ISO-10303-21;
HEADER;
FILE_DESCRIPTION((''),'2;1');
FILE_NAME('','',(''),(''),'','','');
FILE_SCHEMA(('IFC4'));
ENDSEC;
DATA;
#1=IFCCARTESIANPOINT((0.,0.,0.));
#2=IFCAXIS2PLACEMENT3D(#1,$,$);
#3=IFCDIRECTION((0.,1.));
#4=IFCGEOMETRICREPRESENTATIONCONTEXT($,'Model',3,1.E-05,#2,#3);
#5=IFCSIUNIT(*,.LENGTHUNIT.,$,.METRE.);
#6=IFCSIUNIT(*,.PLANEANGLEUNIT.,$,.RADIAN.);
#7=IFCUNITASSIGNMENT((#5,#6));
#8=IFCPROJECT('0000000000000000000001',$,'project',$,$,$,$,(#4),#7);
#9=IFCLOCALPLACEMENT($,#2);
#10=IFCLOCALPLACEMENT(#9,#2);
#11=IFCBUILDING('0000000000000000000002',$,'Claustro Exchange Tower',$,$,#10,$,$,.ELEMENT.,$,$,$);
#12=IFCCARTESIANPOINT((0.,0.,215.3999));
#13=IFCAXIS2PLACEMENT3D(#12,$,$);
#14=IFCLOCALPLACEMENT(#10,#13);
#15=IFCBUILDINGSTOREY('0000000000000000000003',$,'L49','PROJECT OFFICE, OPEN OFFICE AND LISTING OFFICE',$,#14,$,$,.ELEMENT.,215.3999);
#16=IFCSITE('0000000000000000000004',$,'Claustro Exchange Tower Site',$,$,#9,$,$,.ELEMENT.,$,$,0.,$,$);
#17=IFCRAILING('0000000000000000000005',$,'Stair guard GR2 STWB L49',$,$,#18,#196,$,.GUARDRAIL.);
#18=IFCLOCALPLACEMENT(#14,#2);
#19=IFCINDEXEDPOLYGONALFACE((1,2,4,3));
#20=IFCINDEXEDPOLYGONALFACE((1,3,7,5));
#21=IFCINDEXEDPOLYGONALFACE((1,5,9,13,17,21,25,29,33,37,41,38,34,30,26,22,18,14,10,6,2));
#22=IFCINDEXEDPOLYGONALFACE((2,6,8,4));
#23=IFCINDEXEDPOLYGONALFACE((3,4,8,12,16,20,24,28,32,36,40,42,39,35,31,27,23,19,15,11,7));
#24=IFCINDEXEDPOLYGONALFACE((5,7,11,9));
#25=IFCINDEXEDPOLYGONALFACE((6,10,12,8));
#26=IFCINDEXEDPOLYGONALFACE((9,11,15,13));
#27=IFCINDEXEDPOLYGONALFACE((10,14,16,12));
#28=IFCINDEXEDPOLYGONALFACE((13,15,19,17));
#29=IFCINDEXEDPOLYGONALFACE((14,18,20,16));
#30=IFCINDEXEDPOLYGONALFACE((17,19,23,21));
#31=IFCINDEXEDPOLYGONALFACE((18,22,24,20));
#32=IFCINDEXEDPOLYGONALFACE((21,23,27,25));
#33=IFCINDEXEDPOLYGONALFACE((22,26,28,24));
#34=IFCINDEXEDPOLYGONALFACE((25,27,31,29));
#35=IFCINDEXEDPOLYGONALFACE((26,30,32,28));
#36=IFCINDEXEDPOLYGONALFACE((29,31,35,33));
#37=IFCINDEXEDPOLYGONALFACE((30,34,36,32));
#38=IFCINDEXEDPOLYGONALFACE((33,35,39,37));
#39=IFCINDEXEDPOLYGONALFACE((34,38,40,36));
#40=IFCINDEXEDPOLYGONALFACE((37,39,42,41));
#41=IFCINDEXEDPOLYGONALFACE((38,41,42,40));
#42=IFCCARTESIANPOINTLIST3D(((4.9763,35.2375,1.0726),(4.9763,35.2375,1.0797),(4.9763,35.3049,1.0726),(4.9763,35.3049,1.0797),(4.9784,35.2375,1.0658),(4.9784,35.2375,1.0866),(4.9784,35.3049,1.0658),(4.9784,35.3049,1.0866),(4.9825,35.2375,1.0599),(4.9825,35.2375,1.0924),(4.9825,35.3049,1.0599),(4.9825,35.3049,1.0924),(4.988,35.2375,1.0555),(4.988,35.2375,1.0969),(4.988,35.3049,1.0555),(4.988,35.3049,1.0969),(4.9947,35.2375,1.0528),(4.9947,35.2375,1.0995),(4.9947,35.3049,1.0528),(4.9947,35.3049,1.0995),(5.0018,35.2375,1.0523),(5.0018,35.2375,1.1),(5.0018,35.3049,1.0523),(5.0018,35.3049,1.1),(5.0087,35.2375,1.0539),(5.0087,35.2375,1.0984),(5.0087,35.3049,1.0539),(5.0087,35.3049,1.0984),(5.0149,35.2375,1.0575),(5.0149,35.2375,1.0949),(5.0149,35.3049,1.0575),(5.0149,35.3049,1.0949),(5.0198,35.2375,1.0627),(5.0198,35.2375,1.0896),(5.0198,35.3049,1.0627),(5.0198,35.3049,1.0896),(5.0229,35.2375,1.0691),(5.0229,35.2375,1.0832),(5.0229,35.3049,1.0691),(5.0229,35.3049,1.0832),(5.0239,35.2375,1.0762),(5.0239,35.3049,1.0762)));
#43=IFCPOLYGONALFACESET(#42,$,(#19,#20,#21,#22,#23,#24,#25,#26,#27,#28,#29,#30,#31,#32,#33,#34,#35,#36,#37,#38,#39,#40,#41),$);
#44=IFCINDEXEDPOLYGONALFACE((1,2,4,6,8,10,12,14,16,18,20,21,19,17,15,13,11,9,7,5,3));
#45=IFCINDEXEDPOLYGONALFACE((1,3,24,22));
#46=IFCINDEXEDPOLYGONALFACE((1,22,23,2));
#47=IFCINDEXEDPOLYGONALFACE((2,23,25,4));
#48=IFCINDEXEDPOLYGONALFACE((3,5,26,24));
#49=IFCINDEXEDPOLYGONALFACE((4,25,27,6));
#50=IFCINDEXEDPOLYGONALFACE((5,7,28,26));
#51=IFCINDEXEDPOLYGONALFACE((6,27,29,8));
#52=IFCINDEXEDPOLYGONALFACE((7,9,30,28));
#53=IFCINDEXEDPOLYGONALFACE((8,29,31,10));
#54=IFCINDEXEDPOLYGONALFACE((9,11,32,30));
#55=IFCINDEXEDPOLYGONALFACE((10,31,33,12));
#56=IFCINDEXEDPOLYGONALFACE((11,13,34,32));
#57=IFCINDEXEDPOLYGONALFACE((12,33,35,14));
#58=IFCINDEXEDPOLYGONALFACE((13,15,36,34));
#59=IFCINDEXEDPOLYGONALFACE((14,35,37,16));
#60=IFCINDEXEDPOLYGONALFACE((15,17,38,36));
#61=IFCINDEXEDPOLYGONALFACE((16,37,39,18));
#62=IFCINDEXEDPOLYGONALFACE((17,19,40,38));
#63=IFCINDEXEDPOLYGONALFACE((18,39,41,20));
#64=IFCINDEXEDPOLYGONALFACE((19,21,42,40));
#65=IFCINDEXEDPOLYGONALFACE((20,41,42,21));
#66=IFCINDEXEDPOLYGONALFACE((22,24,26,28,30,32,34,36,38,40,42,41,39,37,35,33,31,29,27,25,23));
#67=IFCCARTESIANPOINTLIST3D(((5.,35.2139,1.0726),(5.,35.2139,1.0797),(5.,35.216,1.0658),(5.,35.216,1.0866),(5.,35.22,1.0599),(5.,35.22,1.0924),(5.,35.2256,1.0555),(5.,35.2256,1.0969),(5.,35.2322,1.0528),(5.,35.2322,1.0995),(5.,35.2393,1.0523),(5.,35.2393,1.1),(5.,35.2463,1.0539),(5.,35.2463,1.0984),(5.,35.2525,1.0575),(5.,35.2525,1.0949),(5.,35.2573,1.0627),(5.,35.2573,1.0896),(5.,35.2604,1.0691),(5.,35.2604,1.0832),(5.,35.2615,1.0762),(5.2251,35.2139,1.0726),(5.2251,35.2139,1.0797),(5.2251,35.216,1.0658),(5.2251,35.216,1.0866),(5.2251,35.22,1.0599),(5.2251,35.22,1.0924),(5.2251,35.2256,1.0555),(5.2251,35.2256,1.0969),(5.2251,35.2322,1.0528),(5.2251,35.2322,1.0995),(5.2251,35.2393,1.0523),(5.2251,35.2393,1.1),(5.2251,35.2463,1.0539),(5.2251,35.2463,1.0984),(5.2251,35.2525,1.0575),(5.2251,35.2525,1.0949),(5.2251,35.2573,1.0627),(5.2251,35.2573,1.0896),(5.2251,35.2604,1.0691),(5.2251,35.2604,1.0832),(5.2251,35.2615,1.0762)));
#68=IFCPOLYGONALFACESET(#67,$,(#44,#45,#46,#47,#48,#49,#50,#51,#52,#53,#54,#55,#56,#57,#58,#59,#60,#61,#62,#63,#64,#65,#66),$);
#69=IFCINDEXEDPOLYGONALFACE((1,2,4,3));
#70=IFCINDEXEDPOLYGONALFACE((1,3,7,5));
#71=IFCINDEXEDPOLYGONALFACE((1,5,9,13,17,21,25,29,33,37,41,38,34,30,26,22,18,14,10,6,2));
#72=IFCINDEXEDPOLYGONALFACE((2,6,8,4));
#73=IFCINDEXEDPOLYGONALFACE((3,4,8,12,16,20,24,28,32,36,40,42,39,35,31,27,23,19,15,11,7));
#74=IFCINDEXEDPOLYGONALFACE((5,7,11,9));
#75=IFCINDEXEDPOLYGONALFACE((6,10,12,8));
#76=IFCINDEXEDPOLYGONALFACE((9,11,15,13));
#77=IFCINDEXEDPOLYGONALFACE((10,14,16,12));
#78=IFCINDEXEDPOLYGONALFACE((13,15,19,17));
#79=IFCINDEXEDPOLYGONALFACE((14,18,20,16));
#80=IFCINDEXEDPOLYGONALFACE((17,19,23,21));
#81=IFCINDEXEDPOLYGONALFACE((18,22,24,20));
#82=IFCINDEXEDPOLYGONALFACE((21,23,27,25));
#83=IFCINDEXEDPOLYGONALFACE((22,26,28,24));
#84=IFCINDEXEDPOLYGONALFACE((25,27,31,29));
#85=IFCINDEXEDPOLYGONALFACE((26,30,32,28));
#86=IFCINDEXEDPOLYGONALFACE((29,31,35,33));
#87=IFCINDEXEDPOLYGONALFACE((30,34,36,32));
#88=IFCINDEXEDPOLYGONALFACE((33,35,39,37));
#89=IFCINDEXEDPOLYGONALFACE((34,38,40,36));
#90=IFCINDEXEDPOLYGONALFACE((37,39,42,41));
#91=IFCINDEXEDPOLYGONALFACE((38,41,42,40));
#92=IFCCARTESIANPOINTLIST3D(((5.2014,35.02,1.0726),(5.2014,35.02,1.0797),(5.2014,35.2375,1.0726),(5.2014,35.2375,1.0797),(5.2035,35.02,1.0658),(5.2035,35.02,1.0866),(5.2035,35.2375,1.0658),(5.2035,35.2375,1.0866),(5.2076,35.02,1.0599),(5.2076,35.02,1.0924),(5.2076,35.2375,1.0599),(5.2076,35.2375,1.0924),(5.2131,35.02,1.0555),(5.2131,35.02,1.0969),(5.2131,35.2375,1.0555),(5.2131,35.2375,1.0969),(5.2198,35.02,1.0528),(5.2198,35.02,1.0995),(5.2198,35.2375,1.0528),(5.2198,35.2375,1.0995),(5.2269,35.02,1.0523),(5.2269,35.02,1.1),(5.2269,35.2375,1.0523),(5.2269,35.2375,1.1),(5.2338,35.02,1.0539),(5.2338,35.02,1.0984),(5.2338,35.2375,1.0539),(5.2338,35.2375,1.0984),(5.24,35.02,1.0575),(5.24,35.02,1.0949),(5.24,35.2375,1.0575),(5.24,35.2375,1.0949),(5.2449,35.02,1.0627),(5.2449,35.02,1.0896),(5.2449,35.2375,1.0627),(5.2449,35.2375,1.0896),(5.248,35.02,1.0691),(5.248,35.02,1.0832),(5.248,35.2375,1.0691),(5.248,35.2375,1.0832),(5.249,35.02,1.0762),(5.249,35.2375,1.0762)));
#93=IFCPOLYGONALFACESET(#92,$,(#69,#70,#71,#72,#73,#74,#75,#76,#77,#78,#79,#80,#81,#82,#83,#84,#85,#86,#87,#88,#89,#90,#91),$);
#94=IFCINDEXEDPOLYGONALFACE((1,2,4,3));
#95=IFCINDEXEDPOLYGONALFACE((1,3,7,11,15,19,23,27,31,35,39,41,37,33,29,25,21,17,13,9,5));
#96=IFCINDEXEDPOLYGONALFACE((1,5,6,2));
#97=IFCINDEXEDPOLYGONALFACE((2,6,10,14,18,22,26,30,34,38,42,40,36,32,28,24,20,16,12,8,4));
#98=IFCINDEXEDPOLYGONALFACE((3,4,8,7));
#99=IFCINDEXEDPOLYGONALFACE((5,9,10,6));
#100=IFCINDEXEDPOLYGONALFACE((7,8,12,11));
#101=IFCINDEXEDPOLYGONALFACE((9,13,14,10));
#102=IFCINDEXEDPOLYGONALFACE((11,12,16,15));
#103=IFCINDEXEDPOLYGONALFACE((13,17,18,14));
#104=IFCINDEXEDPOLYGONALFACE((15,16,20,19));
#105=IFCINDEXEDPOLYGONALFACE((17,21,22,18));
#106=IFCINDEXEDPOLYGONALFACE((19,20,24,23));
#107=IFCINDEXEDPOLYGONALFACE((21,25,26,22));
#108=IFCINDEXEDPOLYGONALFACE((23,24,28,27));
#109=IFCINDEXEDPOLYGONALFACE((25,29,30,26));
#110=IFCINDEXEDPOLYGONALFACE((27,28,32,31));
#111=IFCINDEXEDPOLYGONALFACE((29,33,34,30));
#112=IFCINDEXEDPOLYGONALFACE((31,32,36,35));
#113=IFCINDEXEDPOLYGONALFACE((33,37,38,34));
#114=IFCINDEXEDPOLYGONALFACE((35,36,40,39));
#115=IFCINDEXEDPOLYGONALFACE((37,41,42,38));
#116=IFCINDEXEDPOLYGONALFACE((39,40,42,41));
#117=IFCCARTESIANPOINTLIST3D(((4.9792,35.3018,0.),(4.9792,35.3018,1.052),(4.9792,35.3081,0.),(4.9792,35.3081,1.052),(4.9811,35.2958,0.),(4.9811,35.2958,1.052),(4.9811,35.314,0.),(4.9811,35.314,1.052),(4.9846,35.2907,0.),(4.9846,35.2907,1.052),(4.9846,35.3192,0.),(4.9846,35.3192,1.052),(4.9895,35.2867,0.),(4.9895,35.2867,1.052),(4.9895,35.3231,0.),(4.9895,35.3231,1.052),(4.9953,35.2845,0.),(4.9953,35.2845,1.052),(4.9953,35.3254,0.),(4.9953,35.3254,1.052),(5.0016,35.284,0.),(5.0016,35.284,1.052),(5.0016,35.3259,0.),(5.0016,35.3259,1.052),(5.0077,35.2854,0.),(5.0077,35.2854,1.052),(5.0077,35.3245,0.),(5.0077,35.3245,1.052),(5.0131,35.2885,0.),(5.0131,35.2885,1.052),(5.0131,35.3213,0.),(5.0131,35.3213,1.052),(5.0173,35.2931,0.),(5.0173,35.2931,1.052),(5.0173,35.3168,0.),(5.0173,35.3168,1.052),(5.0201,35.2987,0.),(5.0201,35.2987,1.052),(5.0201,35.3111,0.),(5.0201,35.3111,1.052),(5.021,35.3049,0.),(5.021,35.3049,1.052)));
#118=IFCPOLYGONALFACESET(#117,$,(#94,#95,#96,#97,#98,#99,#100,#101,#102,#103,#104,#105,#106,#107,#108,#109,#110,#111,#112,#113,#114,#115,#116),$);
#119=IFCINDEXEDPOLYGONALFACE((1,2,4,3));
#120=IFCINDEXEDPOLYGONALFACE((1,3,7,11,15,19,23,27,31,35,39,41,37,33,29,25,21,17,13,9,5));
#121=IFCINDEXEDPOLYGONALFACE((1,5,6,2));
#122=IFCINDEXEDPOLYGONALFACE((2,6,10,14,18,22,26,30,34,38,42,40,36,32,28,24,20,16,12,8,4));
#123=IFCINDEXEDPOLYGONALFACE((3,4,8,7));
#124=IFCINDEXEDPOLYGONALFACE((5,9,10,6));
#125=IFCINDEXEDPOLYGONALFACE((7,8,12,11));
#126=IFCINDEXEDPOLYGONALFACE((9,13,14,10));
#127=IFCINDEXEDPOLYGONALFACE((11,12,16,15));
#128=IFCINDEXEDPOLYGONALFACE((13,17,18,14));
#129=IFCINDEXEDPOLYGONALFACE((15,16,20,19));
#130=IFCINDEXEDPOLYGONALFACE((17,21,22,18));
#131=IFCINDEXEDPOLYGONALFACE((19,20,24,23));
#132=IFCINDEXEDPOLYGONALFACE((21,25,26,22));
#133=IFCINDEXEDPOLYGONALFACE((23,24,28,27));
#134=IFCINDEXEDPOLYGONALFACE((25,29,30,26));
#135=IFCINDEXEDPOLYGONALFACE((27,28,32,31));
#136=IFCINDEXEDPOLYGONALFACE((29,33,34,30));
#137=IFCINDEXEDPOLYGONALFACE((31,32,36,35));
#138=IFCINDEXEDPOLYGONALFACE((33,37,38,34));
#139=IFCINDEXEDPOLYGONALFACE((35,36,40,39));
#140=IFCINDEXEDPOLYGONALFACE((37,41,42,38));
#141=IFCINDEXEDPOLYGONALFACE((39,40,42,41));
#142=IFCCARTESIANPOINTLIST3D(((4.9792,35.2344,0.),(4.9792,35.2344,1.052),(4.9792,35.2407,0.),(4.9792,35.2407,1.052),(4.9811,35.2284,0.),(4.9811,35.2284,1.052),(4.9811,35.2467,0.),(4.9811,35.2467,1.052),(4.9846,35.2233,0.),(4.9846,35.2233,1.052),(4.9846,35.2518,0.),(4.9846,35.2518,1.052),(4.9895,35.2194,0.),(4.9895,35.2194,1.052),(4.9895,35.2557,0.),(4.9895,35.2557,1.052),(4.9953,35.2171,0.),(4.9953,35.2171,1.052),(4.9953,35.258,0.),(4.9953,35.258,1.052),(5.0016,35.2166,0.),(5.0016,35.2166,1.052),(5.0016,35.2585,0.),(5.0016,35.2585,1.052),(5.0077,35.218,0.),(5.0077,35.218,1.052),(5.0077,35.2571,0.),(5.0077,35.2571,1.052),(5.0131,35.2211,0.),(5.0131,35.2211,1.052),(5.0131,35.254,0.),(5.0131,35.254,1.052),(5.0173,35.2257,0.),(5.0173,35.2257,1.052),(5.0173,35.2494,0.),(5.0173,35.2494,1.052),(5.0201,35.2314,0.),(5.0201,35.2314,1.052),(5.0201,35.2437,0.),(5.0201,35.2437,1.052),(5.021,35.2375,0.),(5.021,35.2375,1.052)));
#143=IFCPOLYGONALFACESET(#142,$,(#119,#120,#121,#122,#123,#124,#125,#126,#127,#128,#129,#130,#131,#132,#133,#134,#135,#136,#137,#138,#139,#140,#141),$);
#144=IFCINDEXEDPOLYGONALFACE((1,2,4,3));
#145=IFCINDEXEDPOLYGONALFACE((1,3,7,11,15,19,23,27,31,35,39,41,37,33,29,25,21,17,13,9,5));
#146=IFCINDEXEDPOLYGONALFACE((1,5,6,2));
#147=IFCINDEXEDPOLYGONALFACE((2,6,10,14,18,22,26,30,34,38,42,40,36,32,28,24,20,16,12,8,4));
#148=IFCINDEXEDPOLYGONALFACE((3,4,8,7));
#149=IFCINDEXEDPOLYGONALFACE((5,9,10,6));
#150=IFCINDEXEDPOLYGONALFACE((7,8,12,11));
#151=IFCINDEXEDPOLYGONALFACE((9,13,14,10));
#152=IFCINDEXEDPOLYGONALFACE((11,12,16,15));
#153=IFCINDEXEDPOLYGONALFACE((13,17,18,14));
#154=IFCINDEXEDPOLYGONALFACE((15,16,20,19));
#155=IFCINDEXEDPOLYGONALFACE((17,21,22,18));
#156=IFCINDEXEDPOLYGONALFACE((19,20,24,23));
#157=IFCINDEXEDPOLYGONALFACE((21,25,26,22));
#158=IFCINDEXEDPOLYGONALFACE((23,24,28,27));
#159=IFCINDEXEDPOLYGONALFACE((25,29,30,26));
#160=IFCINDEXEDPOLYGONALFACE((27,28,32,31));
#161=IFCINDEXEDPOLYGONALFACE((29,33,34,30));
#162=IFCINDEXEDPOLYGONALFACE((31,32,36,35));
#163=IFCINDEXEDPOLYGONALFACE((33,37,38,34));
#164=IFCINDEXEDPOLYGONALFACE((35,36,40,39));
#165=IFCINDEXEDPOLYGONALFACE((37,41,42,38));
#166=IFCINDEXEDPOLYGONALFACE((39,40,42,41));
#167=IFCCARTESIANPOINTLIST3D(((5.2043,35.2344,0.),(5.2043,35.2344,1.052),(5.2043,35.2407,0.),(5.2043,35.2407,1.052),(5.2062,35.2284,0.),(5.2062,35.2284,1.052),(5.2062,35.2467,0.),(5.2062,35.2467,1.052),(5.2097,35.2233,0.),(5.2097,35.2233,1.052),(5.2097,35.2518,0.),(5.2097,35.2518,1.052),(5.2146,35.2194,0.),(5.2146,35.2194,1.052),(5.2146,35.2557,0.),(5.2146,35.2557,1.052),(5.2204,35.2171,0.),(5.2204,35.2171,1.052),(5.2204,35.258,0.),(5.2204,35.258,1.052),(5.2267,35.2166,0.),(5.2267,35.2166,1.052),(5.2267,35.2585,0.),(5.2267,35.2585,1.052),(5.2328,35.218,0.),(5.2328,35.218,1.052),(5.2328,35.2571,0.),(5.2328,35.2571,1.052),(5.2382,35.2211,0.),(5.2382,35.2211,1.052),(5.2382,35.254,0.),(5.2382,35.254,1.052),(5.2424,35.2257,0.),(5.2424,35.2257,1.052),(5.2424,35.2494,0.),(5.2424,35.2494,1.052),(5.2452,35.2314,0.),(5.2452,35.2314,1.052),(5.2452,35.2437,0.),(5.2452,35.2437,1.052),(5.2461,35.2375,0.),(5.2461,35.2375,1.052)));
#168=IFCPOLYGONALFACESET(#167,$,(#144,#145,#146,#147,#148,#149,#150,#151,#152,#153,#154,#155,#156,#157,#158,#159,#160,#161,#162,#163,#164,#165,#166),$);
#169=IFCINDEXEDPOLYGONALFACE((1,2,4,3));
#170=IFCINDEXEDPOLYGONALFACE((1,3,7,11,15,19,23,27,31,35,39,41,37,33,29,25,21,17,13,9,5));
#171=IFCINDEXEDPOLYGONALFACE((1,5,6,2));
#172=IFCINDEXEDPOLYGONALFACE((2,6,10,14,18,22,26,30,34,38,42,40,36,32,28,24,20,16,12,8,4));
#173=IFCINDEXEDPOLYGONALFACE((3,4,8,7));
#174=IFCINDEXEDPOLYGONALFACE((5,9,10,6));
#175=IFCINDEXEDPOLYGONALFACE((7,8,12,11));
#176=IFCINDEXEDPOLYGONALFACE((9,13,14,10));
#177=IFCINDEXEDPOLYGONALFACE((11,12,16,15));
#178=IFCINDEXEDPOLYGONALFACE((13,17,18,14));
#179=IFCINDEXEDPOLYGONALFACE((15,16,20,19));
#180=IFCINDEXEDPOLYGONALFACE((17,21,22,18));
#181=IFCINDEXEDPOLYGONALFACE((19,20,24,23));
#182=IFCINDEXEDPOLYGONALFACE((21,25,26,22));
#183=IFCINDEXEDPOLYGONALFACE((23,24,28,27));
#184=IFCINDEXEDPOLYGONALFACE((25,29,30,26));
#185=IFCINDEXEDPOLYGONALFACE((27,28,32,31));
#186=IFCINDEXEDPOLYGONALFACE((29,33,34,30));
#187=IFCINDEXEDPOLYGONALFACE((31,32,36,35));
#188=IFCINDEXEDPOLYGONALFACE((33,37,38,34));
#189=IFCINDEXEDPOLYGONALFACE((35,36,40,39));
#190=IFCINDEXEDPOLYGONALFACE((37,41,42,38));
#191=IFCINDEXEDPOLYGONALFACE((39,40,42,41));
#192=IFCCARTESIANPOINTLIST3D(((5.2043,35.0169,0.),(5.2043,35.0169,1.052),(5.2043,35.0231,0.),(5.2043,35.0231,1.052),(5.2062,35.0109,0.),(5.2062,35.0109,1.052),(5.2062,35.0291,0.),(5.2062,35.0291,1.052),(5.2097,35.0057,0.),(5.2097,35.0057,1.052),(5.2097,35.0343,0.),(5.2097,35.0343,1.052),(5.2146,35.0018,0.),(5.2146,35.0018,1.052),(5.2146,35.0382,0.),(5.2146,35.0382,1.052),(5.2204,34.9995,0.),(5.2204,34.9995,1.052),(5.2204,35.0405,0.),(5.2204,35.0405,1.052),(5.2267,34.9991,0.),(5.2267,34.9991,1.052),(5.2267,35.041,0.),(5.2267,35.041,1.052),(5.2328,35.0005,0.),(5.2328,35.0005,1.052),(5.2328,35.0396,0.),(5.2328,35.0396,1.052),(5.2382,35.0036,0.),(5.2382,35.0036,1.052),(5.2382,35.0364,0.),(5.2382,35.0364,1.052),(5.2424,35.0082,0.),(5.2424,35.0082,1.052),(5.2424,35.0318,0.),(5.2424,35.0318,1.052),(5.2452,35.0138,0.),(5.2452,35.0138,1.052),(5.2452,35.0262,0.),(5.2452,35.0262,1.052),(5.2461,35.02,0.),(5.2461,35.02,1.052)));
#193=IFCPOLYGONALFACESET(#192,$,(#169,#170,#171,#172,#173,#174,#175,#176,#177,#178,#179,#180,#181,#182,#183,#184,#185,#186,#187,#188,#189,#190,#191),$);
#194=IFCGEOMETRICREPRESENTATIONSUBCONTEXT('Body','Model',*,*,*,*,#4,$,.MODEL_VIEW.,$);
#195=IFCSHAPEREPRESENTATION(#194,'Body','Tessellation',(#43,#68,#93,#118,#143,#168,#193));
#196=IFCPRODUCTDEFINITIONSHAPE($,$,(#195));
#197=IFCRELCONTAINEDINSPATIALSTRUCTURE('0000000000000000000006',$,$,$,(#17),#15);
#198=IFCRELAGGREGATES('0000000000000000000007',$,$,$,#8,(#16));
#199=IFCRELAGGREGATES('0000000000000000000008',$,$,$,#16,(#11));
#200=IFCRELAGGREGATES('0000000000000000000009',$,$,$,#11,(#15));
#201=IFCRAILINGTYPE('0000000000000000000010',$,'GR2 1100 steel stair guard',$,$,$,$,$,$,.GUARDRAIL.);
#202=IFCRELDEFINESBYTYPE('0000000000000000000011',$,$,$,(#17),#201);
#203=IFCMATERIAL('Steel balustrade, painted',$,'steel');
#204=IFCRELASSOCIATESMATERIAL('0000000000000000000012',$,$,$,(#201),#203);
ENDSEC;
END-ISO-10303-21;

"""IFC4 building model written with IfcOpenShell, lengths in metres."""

from ifc_helpers import new_model, si_unit, direction, frame, origin, origin_2d, place, context, subcontext, project, spatial, circle, extrude, material, type_object, element, save


model = new_model("IFC4")

# Units and contexts
model_context = context("Model", 3, precision=1e-05, world=origin(), true_north=direction((0.0, 1.0)))
body_context = subcontext(model_context, "Body", "Model", "MODEL_VIEW")
ifc_project = project(units=[si_unit("LENGTHUNIT", "METRE"), si_unit("PLANEANGLEUNIT", "RADIAN")], contexts=[model_context])

# Site, building, storey
site_placement = place(None, origin())
site = spatial("IfcSite", under=ifc_project, at=site_placement, Name="Claustro Exchange Tower Site", CompositionType="ELEMENT", RefElevation=0.0)
building_placement = place(site_placement, origin())
building = spatial("IfcBuilding", under=site, at=building_placement, Name="Claustro Exchange Tower", CompositionType="ELEMENT")
storey_placement = place(building_placement, frame((0.0, 0.0, 215.3999)))
storey = spatial("IfcBuildingStorey", under=building, at=storey_placement, Name="L49", Description="PROJECT OFFICE, OPEN OFFICE AND LISTING OFFICE", CompositionType="ELEMENT", Elevation=215.3999)

# Railing
ifc_material_1 = material(Name="Steel balustrade, painted", Category="steel")
railing_type_1 = type_object("IfcRailingType", Name="GR2 1100 steel stair guard", PredefinedType="GUARDRAIL", material=ifc_material_1)
railing_1_placement = place(storey_placement, frame((5.0, 35.3049, 0.0)))
element("IfcRailing", 1, at=railing_1_placement, inside=storey, type_object=railing_type_1, Name="Stair guard GR2 STWB L49", PredefinedType="GUARDRAIL", context=body_context, shape_type="SweptSolid", body=[
    extrude(circle(Radius=0.0239, at=origin_2d()), frame((0.0, 0.0, 1.0762), z_axis=(0.0, -1.0, 0.0), x_axis=(1.0, 0.0, 0.0)), (0.0, 0.0, 1.0), 0.0674),
    extrude(circle(Radius=0.0239, at=origin_2d()), frame((0.0, -0.0674, 1.0762), z_axis=(1.0, 0.0, 0.0), x_axis=(0.0, 1.0, 0.0)), (0.0, 0.0, 1.0), 0.2251),
    extrude(circle(Radius=0.0239, at=origin_2d()), frame((0.2251, -0.0674, 1.0762), z_axis=(0.0, -1.0, 0.0), x_axis=(1.0, 0.0, 0.0)), (0.0, 0.0, 1.0), 0.2175),
    extrude(circle(Radius=0.021, at=origin_2d()), origin(), (0.0, 0.0, 1.0), 1.052),
    extrude(circle(Radius=0.021, at=origin_2d()), frame((0.0, -0.0674, 0.0)), (0.0, 0.0, 1.0), 1.052),
    extrude(circle(Radius=0.021, at=origin_2d()), frame((0.2251, -0.0674, 0.0)), (0.0, 0.0, 1.0), 1.052),
    extrude(circle(Radius=0.021, at=origin_2d()), frame((0.2251, -0.2849, 0.0)), (0.0, 0.0, 1.0), 1.052),
])

save(model, "model.ifc")
